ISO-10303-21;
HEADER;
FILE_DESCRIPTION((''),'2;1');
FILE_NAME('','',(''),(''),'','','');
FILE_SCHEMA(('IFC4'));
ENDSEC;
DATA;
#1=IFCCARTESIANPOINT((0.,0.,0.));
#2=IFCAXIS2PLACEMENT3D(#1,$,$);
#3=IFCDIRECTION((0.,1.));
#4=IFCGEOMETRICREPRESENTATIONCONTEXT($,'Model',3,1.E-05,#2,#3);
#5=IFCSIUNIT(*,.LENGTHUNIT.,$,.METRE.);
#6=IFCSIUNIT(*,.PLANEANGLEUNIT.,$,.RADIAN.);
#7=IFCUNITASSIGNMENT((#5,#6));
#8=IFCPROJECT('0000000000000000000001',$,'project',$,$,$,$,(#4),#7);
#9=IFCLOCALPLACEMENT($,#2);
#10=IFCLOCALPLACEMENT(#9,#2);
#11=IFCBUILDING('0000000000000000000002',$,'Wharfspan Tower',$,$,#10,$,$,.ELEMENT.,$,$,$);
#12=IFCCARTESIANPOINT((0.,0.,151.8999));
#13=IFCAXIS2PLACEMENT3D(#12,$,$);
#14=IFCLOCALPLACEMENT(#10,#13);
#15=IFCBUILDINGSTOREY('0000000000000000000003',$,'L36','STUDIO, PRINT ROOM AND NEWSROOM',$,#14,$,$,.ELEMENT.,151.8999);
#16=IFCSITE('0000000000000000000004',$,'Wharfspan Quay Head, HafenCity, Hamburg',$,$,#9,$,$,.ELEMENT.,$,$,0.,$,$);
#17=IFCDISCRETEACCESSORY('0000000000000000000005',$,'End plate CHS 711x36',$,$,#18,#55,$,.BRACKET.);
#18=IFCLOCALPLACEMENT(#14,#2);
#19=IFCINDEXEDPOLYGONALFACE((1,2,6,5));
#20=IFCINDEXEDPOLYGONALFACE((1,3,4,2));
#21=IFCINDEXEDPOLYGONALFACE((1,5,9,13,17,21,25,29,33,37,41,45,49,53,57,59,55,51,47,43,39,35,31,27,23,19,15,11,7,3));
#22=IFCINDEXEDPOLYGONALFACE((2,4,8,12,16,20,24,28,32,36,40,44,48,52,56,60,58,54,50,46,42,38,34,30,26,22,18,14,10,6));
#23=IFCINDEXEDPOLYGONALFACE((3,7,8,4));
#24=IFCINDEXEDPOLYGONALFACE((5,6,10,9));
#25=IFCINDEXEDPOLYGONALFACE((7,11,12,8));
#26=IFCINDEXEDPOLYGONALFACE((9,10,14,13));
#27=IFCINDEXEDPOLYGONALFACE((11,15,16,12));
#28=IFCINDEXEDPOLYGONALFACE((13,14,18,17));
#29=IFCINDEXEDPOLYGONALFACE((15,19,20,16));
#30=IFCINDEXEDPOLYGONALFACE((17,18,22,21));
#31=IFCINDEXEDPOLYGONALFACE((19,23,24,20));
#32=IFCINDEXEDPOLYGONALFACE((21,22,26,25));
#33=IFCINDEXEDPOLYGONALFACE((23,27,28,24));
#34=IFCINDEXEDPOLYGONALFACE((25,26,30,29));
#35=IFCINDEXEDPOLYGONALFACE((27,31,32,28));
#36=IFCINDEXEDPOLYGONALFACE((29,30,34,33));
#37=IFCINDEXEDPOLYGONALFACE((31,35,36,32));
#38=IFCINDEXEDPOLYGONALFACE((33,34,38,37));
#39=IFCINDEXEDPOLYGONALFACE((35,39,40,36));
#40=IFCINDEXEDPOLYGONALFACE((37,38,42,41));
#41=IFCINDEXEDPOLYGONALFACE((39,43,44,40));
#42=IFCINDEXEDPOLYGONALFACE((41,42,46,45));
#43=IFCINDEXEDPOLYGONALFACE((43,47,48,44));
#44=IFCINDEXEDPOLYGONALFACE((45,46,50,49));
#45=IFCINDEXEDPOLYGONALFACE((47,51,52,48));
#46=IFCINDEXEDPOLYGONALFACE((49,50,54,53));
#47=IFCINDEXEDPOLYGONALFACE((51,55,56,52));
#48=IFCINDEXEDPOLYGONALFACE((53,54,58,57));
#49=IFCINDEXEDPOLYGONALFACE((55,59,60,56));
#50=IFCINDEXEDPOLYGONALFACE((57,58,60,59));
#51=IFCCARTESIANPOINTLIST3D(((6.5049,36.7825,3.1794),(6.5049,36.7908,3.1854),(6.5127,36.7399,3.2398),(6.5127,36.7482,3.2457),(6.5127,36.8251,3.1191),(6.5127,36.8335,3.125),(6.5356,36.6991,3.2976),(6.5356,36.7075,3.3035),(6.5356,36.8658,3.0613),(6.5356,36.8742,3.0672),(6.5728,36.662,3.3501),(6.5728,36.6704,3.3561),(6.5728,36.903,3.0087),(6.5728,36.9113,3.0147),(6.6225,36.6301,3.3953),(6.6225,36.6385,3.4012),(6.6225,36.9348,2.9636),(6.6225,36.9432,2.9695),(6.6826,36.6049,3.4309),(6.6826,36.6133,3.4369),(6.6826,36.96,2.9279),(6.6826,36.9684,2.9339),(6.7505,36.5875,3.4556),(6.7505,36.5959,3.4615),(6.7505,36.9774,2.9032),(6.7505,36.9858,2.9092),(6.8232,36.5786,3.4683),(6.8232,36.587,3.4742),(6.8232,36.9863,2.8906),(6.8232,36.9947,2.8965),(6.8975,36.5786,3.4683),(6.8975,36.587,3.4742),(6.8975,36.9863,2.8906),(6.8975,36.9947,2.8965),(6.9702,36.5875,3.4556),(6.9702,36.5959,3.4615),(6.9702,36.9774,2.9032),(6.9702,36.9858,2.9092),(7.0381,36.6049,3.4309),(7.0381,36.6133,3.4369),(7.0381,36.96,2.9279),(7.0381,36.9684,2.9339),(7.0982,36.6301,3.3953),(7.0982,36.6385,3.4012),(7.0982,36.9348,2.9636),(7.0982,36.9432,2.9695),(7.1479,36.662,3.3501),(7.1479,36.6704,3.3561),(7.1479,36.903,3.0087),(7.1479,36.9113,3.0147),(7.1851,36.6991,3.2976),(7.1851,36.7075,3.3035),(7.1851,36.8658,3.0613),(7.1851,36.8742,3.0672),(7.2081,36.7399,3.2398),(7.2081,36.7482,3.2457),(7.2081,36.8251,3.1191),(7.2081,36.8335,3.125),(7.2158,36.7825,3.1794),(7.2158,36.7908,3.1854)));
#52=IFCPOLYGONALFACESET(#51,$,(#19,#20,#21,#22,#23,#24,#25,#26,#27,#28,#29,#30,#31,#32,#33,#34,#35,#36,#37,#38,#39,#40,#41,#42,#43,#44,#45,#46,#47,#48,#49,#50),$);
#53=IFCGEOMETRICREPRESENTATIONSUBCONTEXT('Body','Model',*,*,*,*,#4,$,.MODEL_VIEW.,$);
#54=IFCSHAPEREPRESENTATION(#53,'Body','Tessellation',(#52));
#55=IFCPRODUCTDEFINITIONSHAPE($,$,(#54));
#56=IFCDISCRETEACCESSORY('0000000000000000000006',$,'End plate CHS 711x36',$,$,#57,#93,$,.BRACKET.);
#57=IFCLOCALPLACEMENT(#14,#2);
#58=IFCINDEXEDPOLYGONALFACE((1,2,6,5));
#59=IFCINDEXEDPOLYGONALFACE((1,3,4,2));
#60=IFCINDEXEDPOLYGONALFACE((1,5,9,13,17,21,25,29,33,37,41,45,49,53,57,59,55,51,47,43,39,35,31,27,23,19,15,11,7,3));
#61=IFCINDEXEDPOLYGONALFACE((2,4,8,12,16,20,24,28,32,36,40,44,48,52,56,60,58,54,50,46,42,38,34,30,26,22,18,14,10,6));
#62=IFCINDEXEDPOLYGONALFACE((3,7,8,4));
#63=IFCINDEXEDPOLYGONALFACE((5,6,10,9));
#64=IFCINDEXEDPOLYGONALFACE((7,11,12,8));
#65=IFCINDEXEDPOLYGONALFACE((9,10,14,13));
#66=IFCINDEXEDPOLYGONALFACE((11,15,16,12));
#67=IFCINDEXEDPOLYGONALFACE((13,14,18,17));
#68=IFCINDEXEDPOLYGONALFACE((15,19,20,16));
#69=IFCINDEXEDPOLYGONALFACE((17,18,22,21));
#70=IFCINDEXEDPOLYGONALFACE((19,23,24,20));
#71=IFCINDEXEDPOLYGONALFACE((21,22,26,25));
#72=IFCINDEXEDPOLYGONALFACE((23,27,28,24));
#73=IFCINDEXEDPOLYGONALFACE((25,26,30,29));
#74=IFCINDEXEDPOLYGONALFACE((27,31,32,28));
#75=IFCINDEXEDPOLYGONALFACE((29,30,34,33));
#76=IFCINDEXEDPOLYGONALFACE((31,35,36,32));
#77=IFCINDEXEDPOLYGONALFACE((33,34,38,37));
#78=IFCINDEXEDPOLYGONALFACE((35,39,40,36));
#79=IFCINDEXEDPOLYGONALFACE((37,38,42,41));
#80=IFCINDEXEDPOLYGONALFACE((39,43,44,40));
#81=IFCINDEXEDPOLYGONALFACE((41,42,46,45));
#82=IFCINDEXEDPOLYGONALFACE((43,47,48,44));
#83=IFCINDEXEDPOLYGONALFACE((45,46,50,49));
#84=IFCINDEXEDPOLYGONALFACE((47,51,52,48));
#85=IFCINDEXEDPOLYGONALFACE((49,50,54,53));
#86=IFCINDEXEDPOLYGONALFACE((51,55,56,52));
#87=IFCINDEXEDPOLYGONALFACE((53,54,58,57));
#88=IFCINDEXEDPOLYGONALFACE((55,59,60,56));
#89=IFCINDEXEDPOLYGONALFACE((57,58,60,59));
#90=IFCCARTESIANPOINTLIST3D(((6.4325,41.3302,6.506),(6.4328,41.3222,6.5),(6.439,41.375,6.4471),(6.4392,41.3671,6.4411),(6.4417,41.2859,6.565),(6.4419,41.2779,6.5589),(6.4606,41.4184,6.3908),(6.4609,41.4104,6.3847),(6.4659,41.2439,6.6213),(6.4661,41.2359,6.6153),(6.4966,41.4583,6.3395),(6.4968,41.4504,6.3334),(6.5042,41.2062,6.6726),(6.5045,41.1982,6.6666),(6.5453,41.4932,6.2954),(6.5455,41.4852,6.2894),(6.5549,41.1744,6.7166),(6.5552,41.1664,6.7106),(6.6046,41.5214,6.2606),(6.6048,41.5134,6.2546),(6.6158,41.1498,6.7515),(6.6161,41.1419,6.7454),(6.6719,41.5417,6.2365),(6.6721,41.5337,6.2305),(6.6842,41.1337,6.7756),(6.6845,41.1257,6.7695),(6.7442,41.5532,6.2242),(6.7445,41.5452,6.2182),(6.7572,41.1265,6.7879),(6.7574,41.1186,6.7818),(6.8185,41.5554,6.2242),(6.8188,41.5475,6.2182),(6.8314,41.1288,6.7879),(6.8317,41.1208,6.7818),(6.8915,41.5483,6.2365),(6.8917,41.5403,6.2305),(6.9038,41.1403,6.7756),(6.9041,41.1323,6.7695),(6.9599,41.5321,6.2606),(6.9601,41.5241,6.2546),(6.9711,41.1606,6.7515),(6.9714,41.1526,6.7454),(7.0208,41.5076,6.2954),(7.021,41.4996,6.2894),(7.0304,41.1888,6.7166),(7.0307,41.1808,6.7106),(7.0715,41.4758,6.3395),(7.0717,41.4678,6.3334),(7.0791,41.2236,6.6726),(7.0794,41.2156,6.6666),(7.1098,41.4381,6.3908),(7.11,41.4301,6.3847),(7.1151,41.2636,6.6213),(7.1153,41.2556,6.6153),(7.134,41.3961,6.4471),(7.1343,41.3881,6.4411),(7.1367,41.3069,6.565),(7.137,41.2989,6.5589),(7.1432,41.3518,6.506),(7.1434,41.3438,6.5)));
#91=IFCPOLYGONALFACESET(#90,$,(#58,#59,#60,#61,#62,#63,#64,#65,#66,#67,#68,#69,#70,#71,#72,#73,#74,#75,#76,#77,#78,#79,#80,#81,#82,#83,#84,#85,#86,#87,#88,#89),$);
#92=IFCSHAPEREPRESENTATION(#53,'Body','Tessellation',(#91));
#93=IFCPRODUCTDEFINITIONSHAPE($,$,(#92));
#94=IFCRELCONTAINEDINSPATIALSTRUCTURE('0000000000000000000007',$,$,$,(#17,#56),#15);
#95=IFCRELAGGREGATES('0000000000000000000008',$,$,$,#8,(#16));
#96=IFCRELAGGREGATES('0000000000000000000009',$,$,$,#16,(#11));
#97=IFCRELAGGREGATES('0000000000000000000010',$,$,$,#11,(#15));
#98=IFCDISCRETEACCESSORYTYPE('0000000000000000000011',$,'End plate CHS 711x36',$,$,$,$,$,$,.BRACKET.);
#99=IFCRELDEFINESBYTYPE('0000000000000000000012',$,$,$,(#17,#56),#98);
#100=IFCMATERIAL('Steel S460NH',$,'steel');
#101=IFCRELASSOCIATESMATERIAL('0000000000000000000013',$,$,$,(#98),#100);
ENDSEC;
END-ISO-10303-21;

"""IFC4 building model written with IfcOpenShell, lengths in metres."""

from ifc_helpers import new_model, si_unit, direction, frame, origin, origin_2d, place, context, subcontext, project, spatial, circle, extrude, material, material_profile, profile_set, type_object, element, save


model = new_model("IFC4")

# Units and contexts
model_context = context("Model", 3, precision=1e-05, world=origin(), true_north=direction((0.0, 1.0)))
body_context = subcontext(model_context, "Body", "Model", "MODEL_VIEW")
ifc_project = project(units=[si_unit("LENGTHUNIT", "METRE"), si_unit("PLANEANGLEUNIT", "RADIAN")], contexts=[model_context])

# Site, building, storey
site_placement = place(None, origin())
site = spatial("IfcSite", under=ifc_project, at=site_placement, Name="Wharfspan Quay Head, HafenCity, Hamburg", CompositionType="ELEMENT", RefElevation=0.0)
building_placement = place(site_placement, origin())
building = spatial("IfcBuilding", under=site, at=building_placement, Name="Wharfspan Tower", CompositionType="ELEMENT")
storey_placement = place(building_placement, frame((0.0, 0.0, 151.8999)))
storey = spatial("IfcBuildingStorey", under=building, at=storey_placement, Name="L36", Description="STUDIO, PRINT ROOM AND NEWSROOM", CompositionType="ELEMENT", Elevation=151.8999)

# Shared definitions
ifc_material_1 = material(Name="Steel S460NH", Category="steel")

# Discrete accessories
ifc_material_profile_1 = material_profile(ifc_material_1, circle(Radius=0.3555, at=origin_2d()))
ifc_profile_set_1 = profile_set([ifc_material_profile_1], Name="Steel S460NH")
discrete_accessory_type = type_object("IfcDiscreteAccessoryType", Name="End plate CHS 711x36", PredefinedType="BRACKET", material=ifc_profile_set_1)
discrete_accessory_1_placement = place(storey_placement, frame((6.8604, 36.7825, 3.1794), z_axis=(0.0, 0.816968, 0.576683), x_axis=(-1.0, 0.0, 0.0)))
element("IfcDiscreteAccessory", 1, at=discrete_accessory_1_placement, inside=storey, type_object=discrete_accessory_type, Name="End plate CHS 711x36", PredefinedType="BRACKET", context=body_context, shape_type="SweptSolid", body=[
    extrude(circle(Radius=0.3555, at=origin_2d()), origin(), (0.0, 0.0, 1.0), 0.0103),
])
discrete_accessory_2_placement = place(storey_placement, frame((6.7881, 41.333, 6.5), z_axis=(-0.024147, 0.79686, 0.603682), x_axis=(-0.99954, -0.030288, -0.000001)))
element("IfcDiscreteAccessory", 2, at=discrete_accessory_2_placement, inside=storey, type_object=discrete_accessory_type, Name="End plate CHS 711x36", PredefinedType="BRACKET", context=body_context, shape_type="SweptSolid", body=[
    extrude(circle(Radius=0.3555, at=origin_2d()), origin(), (0.0, 0.0, 1.0), 0.01),
])

save(model, "model.ifc")
